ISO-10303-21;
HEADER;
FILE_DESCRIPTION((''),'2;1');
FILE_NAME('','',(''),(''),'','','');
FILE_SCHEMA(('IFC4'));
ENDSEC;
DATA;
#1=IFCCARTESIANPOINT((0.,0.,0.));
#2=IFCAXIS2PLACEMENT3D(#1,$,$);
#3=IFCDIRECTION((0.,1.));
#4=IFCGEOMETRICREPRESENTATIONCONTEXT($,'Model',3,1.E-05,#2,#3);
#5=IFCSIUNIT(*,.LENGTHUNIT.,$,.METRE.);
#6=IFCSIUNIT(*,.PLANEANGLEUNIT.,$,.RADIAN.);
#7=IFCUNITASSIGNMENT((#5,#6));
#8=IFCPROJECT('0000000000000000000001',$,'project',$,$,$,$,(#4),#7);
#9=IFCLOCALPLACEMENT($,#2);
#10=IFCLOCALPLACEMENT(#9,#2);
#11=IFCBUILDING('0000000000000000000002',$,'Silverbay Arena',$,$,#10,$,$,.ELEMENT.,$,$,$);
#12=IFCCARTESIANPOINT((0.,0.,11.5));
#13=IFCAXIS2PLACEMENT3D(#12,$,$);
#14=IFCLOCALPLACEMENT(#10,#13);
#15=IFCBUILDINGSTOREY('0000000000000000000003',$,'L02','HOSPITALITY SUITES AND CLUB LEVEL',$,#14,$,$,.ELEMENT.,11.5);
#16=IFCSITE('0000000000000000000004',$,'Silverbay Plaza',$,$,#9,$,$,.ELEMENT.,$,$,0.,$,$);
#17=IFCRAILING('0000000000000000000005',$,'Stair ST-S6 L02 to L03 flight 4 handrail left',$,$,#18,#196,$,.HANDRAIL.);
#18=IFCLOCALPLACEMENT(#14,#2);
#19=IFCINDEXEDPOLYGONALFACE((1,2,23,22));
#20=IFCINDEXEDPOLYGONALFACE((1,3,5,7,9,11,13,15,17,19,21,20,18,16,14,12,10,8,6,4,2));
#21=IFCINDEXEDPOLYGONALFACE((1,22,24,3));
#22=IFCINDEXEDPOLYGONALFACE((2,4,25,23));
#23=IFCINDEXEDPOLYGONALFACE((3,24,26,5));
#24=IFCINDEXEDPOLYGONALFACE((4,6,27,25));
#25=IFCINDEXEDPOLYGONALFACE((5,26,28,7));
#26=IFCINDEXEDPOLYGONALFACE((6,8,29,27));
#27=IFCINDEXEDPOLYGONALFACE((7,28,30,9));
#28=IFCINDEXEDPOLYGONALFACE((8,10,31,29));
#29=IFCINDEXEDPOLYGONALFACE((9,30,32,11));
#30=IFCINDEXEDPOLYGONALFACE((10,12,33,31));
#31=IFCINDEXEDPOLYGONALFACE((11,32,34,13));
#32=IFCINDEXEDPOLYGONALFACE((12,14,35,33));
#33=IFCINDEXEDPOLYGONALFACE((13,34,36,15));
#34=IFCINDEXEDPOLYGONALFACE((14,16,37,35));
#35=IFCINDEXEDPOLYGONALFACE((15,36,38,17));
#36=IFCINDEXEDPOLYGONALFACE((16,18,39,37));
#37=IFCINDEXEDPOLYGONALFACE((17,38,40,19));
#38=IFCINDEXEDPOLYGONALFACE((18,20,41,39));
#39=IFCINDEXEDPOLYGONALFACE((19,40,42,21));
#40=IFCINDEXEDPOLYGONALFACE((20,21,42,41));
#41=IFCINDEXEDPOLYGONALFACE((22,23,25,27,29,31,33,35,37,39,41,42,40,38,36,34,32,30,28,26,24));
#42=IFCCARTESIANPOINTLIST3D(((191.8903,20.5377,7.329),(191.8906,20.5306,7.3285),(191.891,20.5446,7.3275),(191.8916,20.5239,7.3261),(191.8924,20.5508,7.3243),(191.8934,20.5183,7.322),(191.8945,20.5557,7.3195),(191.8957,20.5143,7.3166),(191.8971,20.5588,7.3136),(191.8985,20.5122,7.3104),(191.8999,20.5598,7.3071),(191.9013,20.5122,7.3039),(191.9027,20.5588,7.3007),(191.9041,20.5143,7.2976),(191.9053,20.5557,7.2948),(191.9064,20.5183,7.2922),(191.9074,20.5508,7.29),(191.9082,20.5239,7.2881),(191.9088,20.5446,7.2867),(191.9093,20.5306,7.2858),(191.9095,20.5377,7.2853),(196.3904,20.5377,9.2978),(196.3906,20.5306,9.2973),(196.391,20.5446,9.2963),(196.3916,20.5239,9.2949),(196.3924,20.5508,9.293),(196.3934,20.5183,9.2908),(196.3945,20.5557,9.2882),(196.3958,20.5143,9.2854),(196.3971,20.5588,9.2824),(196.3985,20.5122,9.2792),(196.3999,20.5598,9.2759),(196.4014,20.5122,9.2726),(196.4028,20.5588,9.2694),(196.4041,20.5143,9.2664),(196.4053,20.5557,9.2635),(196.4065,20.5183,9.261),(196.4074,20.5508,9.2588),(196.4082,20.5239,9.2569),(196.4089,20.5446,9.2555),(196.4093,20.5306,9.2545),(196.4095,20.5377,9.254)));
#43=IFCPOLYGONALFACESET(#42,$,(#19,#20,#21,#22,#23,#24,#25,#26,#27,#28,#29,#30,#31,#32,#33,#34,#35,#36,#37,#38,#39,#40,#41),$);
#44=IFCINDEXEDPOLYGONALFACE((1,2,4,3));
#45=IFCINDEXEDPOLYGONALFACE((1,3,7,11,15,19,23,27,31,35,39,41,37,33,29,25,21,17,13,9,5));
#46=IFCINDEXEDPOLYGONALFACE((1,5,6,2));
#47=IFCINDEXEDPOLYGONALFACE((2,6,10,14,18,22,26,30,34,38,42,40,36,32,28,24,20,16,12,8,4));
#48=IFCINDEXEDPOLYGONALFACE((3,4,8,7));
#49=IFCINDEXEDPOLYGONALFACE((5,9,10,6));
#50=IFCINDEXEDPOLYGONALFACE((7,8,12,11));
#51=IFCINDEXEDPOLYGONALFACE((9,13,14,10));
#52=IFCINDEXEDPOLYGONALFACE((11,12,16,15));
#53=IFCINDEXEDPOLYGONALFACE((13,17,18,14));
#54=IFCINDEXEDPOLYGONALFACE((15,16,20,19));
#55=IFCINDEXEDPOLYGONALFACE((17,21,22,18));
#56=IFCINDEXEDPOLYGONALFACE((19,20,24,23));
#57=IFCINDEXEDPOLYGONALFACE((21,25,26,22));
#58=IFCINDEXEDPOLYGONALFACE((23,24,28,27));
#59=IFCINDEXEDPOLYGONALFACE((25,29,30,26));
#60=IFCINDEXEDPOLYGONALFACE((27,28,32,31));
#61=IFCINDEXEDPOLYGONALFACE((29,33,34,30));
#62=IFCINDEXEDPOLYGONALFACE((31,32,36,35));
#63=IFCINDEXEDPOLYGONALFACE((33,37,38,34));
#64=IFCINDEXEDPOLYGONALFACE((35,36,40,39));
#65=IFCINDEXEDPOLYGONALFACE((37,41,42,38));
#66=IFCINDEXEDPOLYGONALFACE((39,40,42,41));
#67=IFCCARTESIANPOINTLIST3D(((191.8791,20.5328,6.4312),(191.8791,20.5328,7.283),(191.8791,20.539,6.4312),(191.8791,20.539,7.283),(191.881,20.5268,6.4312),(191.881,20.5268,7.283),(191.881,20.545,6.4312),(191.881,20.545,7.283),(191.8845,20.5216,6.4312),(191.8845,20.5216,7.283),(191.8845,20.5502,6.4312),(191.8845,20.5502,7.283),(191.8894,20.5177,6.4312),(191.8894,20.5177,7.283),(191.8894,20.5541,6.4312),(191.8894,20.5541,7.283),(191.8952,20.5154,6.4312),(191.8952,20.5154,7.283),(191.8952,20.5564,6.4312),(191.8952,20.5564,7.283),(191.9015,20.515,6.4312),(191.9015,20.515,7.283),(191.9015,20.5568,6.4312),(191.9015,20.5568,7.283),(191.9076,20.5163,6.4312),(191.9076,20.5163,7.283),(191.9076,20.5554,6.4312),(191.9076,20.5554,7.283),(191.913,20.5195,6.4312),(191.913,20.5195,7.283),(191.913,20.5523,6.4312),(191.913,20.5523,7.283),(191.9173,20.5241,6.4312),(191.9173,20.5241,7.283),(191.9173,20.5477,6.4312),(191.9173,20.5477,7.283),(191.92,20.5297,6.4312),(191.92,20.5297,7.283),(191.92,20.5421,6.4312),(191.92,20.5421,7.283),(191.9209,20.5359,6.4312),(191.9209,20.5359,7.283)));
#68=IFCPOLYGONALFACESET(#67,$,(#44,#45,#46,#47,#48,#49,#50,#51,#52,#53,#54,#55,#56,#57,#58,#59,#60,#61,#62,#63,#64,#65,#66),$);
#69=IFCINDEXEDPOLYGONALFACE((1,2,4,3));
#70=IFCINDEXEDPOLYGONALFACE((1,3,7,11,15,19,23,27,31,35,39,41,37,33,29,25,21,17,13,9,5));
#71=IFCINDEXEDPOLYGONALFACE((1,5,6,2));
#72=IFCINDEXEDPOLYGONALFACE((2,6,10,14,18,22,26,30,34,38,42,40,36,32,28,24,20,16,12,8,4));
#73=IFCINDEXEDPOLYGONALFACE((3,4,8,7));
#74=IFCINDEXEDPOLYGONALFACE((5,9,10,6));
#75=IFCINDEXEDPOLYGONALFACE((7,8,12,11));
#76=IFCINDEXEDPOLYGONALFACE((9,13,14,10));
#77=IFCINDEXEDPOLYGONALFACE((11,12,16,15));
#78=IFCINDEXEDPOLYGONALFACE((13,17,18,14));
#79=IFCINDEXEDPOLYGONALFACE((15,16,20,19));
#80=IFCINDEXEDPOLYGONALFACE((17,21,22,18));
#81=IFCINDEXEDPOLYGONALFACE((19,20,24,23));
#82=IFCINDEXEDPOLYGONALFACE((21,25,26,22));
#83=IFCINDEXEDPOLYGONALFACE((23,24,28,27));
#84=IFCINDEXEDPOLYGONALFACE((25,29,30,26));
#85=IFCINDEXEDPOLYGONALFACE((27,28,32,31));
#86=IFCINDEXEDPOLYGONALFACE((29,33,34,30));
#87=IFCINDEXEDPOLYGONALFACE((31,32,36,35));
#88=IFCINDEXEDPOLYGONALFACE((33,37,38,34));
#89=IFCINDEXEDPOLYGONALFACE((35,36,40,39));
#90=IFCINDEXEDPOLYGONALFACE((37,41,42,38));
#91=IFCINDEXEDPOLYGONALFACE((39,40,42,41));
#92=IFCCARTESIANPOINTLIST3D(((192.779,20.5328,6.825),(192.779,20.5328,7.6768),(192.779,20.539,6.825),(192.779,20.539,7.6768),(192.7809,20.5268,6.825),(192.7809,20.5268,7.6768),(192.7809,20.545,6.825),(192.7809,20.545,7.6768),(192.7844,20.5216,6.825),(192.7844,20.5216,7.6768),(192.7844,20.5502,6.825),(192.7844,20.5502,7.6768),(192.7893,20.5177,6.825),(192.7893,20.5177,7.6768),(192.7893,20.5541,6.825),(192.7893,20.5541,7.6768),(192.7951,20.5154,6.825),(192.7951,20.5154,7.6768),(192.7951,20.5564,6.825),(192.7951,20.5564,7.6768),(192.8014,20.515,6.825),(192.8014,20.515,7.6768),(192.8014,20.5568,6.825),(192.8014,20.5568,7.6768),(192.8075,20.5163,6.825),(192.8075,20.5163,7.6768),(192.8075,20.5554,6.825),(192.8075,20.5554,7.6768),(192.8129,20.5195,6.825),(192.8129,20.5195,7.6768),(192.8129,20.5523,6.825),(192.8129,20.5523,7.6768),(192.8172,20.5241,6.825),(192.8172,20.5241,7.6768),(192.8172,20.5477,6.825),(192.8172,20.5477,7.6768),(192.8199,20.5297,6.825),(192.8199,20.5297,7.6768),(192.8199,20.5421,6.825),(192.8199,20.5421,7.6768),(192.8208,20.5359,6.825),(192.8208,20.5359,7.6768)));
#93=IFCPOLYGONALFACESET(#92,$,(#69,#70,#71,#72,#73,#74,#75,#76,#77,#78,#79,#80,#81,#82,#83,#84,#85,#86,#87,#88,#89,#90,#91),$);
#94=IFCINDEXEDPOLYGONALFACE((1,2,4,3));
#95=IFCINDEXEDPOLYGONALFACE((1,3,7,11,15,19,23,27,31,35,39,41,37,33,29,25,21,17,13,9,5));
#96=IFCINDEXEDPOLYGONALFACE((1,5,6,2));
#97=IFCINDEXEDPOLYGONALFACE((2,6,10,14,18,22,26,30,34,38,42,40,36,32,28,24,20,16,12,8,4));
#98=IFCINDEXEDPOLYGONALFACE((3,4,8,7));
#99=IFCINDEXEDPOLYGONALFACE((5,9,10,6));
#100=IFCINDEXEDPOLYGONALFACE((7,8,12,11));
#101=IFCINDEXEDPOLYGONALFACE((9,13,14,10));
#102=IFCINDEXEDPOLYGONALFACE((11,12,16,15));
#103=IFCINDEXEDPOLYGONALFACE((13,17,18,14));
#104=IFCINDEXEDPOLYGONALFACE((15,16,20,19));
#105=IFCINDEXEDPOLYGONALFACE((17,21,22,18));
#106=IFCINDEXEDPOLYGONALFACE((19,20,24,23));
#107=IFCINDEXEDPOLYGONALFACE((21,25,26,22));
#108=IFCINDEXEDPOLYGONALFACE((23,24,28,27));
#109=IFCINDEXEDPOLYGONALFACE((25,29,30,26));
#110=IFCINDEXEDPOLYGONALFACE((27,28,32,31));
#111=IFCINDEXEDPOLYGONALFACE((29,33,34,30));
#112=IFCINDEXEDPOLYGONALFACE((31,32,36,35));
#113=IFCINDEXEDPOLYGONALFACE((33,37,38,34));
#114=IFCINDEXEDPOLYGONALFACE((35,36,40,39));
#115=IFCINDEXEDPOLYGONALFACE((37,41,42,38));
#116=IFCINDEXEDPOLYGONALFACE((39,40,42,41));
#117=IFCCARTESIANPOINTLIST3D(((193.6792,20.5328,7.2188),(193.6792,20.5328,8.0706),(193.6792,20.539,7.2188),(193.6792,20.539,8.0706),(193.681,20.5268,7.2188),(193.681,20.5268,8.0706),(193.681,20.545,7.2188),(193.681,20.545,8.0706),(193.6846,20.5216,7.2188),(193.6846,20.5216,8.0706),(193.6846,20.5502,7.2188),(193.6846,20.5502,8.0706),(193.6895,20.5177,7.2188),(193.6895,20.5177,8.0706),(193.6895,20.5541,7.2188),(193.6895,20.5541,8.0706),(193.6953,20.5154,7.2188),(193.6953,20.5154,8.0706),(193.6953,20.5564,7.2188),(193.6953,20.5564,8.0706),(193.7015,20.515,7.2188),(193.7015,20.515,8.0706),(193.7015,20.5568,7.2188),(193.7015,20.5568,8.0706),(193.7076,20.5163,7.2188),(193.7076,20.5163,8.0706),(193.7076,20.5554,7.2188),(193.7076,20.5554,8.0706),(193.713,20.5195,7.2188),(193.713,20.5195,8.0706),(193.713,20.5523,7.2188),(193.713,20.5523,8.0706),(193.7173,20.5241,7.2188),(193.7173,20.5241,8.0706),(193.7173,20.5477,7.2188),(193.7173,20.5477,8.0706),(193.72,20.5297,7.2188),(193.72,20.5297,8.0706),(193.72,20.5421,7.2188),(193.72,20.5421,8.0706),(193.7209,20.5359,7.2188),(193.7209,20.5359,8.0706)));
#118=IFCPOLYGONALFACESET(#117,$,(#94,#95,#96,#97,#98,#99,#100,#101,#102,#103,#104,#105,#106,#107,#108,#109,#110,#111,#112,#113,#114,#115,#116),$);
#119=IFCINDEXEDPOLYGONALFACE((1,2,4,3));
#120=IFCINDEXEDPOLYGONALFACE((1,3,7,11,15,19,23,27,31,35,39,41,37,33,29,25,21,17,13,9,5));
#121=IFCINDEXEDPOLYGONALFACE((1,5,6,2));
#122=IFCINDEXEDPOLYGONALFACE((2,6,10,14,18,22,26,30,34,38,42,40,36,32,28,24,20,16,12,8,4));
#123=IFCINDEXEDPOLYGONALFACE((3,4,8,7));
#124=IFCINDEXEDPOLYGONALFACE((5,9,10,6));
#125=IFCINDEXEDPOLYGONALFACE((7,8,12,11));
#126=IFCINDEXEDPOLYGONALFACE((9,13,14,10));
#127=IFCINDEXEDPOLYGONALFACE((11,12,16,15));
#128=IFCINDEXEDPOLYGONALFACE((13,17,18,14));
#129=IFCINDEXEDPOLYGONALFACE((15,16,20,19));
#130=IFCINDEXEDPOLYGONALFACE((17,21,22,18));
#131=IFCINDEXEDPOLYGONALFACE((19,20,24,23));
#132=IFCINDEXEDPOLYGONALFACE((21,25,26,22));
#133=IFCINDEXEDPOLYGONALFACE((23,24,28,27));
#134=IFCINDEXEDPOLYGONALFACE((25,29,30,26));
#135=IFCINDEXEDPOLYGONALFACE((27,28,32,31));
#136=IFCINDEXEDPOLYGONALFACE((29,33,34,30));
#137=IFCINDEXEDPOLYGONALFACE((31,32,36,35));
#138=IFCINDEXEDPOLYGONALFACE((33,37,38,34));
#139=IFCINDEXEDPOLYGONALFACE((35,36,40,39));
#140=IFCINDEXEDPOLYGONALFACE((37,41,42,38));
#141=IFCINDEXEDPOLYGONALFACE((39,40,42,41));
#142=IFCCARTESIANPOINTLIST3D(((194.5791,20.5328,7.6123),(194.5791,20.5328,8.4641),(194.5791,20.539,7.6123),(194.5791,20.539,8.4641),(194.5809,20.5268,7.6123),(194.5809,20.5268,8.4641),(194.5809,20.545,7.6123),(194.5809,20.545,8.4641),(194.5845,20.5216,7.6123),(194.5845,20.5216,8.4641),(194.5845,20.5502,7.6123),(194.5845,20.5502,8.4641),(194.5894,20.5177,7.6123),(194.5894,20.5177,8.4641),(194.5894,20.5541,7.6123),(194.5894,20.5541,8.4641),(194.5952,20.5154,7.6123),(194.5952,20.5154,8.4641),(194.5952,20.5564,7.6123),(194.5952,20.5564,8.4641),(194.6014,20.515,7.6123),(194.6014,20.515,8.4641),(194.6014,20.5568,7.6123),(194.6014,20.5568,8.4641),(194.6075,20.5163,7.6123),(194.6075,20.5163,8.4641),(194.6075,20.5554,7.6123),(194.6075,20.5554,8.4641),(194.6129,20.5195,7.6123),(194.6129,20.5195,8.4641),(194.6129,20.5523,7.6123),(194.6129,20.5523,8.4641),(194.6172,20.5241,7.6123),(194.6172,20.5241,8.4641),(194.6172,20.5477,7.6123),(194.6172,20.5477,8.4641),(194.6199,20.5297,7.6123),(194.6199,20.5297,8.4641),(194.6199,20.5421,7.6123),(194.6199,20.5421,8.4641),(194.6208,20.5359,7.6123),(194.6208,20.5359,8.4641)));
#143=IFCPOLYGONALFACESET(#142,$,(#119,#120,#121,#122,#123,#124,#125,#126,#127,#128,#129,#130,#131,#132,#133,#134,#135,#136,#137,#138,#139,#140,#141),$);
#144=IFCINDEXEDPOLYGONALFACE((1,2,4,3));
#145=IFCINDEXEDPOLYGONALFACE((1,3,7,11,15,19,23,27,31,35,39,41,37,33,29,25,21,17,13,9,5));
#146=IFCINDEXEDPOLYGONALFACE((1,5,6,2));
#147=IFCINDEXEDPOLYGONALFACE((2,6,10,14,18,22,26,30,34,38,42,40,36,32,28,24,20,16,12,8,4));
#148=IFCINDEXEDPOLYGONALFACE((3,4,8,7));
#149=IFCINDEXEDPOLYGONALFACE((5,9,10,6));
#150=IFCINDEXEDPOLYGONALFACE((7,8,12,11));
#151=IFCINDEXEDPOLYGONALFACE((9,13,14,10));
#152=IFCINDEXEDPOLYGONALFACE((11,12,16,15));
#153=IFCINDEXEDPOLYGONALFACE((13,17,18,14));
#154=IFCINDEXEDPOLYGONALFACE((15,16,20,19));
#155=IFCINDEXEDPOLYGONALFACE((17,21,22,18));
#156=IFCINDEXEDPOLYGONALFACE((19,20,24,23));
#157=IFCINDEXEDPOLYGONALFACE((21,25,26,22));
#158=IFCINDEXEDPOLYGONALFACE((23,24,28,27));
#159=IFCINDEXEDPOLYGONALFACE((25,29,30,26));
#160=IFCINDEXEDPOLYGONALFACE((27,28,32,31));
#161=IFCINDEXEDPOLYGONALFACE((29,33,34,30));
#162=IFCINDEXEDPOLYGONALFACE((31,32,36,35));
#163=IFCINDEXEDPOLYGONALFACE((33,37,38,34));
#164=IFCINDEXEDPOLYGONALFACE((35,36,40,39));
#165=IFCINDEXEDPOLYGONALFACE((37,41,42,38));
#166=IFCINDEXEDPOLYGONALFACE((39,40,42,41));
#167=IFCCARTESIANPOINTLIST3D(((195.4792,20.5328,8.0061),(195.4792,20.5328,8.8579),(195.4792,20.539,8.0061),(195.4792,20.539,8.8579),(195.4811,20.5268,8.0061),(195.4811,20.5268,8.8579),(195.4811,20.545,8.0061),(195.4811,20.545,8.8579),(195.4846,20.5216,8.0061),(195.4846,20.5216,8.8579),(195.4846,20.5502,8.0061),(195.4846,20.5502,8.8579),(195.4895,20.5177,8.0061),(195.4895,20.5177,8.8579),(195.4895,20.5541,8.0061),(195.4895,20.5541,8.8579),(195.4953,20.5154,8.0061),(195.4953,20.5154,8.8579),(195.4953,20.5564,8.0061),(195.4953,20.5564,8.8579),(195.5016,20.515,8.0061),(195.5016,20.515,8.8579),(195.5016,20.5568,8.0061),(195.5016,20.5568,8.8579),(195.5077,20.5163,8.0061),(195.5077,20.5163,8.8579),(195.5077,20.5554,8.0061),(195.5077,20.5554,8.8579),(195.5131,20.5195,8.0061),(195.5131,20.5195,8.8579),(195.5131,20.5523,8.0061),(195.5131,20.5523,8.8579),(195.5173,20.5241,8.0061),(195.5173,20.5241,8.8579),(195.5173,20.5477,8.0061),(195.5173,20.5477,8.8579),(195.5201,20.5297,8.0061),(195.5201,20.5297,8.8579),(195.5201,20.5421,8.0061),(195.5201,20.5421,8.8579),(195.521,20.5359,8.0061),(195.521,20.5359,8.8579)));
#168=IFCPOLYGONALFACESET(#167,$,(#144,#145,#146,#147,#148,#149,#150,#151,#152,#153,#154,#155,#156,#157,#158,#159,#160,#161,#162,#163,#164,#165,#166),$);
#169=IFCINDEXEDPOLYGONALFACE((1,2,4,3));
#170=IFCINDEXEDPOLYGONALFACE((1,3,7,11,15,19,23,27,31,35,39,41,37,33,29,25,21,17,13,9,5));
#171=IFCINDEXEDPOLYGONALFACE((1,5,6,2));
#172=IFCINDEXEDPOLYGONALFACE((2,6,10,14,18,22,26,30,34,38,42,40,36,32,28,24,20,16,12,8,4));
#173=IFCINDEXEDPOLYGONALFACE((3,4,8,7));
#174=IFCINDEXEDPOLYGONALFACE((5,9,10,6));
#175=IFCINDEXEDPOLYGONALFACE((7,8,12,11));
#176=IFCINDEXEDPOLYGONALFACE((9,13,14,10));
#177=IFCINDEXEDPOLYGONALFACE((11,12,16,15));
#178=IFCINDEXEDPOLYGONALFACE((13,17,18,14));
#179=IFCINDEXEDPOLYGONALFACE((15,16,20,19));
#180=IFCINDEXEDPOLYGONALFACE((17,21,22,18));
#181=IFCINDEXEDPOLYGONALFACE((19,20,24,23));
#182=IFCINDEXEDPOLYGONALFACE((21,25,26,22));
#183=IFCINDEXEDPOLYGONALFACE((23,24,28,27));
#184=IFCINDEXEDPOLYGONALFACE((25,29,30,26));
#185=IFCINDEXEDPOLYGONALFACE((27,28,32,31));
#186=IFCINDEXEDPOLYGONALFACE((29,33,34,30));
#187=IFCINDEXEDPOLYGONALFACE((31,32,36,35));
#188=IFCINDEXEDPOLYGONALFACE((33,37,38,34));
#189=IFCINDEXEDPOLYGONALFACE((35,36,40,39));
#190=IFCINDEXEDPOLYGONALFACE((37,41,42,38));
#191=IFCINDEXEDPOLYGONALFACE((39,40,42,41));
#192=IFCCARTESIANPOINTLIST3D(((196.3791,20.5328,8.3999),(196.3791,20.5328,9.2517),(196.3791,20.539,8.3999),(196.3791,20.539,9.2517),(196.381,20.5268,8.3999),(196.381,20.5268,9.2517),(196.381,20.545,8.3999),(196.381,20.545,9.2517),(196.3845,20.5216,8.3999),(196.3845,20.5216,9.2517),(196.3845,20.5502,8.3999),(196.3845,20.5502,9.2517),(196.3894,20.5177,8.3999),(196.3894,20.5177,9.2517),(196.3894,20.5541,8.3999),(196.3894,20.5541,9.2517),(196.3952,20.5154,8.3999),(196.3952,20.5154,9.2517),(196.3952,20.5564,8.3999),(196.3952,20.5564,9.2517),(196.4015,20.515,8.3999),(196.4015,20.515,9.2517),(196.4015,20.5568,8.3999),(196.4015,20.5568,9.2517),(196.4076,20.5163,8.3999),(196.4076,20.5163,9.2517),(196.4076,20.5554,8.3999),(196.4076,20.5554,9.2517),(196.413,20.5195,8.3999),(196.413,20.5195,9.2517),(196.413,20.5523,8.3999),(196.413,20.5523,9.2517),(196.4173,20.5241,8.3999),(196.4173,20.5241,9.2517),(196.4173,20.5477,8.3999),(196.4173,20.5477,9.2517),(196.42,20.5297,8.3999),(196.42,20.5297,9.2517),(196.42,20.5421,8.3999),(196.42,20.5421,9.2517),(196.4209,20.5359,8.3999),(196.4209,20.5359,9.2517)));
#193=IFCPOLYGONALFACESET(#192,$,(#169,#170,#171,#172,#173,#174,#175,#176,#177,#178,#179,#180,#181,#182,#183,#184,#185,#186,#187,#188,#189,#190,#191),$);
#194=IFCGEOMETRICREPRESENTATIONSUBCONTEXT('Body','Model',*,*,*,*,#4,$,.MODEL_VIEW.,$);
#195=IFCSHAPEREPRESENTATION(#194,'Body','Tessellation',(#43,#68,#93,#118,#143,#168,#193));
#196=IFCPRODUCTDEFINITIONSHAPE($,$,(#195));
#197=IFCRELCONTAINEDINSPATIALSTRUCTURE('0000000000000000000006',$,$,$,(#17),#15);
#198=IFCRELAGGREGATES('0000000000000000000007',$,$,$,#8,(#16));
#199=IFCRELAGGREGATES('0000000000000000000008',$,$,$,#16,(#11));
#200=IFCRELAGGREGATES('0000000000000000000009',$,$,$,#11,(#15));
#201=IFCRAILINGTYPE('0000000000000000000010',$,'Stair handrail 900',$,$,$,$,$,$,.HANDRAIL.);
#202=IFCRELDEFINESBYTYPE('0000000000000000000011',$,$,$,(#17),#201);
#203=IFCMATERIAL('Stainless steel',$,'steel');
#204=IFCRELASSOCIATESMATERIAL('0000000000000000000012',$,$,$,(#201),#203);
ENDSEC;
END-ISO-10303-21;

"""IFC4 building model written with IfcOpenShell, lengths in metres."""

from ifc_helpers import new_model, si_unit, direction, frame, origin, origin_2d, place, context, subcontext, project, spatial, circle, extrude, material, type_object, element, save


model = new_model("IFC4")

# Units and contexts
model_context = context("Model", 3, precision=1e-05, world=origin(), true_north=direction((0.0, 1.0)))
body_context = subcontext(model_context, "Body", "Model", "MODEL_VIEW")
ifc_project = project(units=[si_unit("LENGTHUNIT", "METRE"), si_unit("PLANEANGLEUNIT", "RADIAN")], contexts=[model_context])

# Site, building, storey
site_placement = place(None, origin())
site = spatial("IfcSite", under=ifc_project, at=site_placement, Name="Silverbay Plaza", CompositionType="ELEMENT", RefElevation=0.0)
building_placement = place(site_placement, origin())
building = spatial("IfcBuilding", under=site, at=building_placement, Name="Silverbay Arena", CompositionType="ELEMENT")
storey_placement = place(building_placement, frame((0.0, 0.0, 11.5)))
storey = spatial("IfcBuildingStorey", under=building, at=storey_placement, Name="L02", Description="HOSPITALITY SUITES AND CLUB LEVEL", CompositionType="ELEMENT", Elevation=11.5)

# Railing
ifc_material_1 = material(Name="Stainless steel", Category="steel")
railing_type_1 = type_object("IfcRailingType", Name="Stair handrail 900", PredefinedType="HANDRAIL", material=ifc_material_1)
for number, where, name in (
    (1, (191.8999, 20.5359, 6.4312), "Stair ST-S6 L02 to L03 flight 4 handrail left"),
):
    element("IfcRailing", number, at=place(storey_placement, frame(where)), inside=storey, type_object=railing_type_1, Name=name, PredefinedType="HANDRAIL", context=body_context, shape_type="SweptSolid", body=[
        extrude(circle(Radius=0.0239, at=origin_2d()), frame((0.0, 0.0, 0.876), z_axis=(0.916157, 0.0, 0.400819), x_axis=(0.0, 1.0, 0.0)), (0.0, 0.0, 1.0), 4.9119),
        extrude(circle(Radius=0.021, at=origin_2d()), origin(), (0.0, 0.0, 1.0), 0.8518),
        extrude(circle(Radius=0.021, at=origin_2d()), frame((0.8999, 0.0, 0.3938)), (0.0, 0.0, 1.0), 0.8518),
        extrude(circle(Radius=0.021, at=origin_2d()), frame((1.8, 0.0, 0.7876)), (0.0, 0.0, 1.0), 0.8518),
        extrude(circle(Radius=0.021, at=origin_2d()), frame((2.7, 0.0, 1.1812)), (0.0, 0.0, 1.0), 0.8518),
        extrude(circle(Radius=0.021, at=origin_2d()), frame((3.6001, 0.0, 1.575)), (0.0, 0.0, 1.0), 0.8518),
        extrude(circle(Radius=0.021, at=origin_2d()), frame((4.5, 0.0, 1.9688)), (0.0, 0.0, 1.0), 0.8518),
    ])

save(model, "model.ifc")
